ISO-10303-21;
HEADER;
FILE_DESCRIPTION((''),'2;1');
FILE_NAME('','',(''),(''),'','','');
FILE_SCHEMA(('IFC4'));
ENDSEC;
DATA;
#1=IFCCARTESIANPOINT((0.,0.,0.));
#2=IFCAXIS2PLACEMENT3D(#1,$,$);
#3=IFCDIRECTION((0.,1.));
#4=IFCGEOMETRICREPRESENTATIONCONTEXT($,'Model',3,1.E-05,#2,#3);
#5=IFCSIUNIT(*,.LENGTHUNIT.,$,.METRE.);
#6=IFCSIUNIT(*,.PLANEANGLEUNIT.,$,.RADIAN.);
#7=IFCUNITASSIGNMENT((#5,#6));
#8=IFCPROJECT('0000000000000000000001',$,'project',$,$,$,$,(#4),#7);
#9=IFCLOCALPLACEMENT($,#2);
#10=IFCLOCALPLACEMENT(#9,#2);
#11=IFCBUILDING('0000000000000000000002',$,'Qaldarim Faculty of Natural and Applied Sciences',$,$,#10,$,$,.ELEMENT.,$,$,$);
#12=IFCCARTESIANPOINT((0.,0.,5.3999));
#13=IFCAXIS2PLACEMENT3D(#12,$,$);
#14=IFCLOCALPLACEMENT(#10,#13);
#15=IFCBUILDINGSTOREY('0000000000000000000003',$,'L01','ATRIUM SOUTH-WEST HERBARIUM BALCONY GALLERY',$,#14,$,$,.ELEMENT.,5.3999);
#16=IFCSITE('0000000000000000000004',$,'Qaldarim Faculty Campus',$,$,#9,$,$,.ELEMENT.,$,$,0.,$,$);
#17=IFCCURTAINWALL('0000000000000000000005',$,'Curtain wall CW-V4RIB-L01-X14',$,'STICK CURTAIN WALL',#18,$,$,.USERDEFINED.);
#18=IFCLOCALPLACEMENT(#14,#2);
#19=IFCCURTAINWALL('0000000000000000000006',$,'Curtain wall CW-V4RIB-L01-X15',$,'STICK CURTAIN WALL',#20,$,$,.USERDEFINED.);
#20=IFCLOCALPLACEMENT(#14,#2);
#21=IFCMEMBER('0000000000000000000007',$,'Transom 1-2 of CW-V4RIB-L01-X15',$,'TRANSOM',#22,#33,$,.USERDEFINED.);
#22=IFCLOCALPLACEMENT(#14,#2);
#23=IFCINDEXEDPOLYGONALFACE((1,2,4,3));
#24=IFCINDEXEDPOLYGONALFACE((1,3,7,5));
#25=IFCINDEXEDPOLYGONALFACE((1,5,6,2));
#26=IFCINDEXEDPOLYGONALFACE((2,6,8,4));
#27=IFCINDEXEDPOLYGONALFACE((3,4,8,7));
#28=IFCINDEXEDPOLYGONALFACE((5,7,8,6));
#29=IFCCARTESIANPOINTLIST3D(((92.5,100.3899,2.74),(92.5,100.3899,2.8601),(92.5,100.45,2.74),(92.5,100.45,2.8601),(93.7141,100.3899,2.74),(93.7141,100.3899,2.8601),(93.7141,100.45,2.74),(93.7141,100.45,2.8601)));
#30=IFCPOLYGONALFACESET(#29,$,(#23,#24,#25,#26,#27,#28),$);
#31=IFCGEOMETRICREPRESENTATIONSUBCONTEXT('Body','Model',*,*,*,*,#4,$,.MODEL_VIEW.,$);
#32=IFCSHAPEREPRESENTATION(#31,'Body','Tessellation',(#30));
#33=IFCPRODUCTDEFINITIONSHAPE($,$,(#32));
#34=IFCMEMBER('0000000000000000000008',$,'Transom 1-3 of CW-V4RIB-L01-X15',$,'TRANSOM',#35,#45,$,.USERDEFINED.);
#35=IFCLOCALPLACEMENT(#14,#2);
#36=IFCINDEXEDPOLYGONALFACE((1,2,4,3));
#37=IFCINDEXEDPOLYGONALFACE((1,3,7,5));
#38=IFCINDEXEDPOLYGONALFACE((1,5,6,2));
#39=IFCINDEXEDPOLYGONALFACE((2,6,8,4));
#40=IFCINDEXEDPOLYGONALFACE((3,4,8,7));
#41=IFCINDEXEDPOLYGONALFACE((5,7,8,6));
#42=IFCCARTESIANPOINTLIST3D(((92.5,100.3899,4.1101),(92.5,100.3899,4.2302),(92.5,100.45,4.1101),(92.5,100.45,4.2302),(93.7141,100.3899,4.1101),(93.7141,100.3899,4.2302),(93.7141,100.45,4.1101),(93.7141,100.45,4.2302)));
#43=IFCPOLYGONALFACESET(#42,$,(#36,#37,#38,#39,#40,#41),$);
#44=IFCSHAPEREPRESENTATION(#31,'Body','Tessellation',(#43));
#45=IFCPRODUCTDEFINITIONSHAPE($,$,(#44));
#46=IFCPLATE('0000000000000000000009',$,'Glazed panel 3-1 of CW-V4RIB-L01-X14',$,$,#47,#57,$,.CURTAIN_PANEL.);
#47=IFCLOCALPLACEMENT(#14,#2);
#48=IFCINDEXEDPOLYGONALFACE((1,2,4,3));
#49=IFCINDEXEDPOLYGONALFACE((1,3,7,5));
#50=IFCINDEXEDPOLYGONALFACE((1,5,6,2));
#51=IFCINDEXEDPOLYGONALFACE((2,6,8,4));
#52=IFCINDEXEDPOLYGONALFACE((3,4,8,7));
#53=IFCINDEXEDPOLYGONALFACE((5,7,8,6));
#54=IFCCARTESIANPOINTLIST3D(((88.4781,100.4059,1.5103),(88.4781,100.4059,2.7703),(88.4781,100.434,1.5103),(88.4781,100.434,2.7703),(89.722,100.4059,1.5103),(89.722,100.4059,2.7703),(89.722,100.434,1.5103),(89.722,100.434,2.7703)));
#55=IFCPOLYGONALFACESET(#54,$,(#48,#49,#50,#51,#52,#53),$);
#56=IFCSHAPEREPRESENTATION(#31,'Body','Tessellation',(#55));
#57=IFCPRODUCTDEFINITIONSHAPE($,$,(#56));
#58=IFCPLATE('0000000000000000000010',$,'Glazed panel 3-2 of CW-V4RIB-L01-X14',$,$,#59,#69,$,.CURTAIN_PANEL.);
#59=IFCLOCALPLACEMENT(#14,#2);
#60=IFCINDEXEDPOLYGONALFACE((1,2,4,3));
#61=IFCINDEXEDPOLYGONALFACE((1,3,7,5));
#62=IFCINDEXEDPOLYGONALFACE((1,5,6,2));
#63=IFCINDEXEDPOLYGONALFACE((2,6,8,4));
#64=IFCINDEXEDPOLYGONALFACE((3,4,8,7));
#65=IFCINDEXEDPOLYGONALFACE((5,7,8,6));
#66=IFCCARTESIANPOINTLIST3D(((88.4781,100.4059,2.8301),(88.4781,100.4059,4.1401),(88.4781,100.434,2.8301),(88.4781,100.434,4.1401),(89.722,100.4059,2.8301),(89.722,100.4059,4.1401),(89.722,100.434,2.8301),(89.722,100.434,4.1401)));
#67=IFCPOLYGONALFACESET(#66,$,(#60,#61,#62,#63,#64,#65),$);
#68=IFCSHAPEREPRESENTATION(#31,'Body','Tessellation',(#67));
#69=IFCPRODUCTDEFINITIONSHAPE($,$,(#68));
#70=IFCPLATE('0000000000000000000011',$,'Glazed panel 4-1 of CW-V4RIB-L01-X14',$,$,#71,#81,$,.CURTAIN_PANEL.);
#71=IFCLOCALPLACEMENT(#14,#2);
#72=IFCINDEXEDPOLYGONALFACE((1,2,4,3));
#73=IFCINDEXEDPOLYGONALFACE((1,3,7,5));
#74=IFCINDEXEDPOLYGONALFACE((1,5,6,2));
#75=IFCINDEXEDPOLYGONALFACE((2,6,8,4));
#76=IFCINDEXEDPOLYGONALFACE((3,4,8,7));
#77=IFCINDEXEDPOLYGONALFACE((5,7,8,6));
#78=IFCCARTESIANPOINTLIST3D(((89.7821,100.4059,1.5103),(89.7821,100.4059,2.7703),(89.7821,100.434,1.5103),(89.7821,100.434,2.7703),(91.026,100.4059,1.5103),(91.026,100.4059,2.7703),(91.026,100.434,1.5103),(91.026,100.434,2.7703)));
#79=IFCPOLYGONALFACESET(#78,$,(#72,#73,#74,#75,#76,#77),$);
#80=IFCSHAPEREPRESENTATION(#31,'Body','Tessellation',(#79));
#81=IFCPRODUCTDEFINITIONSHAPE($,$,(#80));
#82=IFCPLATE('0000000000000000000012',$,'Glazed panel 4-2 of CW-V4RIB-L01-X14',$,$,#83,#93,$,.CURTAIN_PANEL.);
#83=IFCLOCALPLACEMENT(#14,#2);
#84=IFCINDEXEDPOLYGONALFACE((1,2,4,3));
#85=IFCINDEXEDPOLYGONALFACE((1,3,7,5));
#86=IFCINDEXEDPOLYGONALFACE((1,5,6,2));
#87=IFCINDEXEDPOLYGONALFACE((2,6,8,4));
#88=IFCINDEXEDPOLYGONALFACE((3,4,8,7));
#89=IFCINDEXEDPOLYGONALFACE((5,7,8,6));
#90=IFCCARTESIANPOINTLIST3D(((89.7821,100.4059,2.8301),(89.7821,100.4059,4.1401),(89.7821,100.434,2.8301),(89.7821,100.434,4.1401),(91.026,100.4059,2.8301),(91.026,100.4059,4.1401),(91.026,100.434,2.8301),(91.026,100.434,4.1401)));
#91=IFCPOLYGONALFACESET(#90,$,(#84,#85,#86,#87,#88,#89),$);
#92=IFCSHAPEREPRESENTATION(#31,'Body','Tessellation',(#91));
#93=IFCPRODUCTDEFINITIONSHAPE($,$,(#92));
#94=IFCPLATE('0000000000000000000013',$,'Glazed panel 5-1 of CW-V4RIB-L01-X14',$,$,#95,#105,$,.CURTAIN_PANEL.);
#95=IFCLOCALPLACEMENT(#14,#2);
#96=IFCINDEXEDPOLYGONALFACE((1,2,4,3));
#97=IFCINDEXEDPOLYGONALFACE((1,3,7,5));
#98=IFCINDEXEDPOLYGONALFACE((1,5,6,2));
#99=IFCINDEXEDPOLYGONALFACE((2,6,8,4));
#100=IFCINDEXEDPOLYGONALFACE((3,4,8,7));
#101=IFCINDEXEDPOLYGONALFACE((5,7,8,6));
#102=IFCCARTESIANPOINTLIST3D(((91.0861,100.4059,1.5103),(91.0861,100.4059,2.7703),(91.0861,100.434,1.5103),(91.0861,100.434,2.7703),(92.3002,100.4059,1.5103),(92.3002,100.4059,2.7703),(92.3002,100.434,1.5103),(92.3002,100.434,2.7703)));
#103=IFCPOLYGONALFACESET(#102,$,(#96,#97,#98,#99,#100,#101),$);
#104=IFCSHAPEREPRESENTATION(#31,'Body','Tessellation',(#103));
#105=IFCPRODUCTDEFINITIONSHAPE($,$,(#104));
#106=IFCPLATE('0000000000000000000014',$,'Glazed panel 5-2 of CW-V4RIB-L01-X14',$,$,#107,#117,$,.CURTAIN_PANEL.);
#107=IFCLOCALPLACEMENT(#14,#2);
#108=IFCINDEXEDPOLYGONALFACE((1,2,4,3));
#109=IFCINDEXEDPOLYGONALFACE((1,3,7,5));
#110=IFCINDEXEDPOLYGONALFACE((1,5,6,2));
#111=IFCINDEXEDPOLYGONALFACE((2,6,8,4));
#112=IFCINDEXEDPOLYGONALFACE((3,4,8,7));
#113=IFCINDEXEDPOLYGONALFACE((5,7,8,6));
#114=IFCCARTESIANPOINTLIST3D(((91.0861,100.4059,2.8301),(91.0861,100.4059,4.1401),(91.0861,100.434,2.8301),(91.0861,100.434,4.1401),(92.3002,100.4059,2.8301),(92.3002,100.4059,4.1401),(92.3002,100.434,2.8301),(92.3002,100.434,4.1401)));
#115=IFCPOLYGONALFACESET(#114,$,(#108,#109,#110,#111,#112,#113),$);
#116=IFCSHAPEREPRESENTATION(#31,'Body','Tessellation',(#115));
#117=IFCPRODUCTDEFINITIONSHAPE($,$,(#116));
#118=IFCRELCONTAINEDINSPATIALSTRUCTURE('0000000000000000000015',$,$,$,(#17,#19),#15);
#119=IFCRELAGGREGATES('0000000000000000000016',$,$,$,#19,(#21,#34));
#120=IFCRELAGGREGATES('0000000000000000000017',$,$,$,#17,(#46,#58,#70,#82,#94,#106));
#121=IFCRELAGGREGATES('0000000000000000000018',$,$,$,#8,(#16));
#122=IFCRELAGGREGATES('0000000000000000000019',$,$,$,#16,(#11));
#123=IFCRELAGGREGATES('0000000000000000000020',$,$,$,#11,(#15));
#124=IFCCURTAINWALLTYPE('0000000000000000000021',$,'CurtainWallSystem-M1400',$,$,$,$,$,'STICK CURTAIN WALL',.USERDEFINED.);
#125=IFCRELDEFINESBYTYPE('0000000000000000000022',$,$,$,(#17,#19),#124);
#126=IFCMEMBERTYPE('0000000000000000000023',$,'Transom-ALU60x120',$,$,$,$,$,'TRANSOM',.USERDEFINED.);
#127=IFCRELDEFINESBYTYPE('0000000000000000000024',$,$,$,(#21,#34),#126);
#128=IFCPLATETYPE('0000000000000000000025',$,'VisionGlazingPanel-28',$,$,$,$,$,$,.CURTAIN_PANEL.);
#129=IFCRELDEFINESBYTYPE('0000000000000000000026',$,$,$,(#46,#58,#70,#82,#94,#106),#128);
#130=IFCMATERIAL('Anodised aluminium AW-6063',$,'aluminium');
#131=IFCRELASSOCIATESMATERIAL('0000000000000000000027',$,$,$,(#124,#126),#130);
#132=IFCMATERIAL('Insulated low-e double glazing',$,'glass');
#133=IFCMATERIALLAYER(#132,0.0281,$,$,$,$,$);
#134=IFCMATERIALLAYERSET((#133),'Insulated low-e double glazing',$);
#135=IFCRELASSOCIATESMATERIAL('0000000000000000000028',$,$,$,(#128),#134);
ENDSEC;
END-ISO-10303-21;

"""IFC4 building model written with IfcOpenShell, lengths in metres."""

from ifc_helpers import new_model, si_unit, direction, frame, origin, origin_2d, place, context, subcontext, project, spatial, rectangle, extrude, material, layer, layer_set, material_profile, profile_set, type_object, element, aggregate, save


model = new_model("IFC4")

# Units and contexts
model_context = context("Model", 3, precision=1e-05, world=origin(), true_north=direction((0.0, 1.0)))
body_context = subcontext(model_context, "Body", "Model", "MODEL_VIEW")
ifc_project = project(units=[si_unit("LENGTHUNIT", "METRE"), si_unit("PLANEANGLEUNIT", "RADIAN")], contexts=[model_context])

# Site, building, storey
site_placement = place(None, origin())
site = spatial("IfcSite", under=ifc_project, at=site_placement, Name="Qaldarim Faculty Campus", CompositionType="ELEMENT", RefElevation=0.0)
building_placement = place(site_placement, origin())
building = spatial("IfcBuilding", under=site, at=building_placement, Name="Qaldarim Faculty of Natural and Applied Sciences", CompositionType="ELEMENT")
storey_placement = place(building_placement, frame((0.0, 0.0, 5.3999)))
storey = spatial("IfcBuildingStorey", under=building, at=storey_placement, Name="L01", Description="ATRIUM SOUTH-WEST HERBARIUM BALCONY GALLERY", CompositionType="ELEMENT", Elevation=5.3999)

# Curtain wall
ifc_material_1 = material(Name="Anodised aluminium AW-6063", Category="aluminium")
curtain_wall_type = type_object("IfcCurtainWallType", Name="CurtainWallSystem-M1400", ElementType="STICK CURTAIN WALL", PredefinedType="USERDEFINED", material=ifc_material_1)
curtain_wall_1_placement = place(storey_placement, origin())
curtain_wall_1 = element("IfcCurtainWall", 1, at=curtain_wall_1_placement, inside=storey, type_object=curtain_wall_type, Name="Curtain wall CW-V4RIB-L01-X14", ObjectType="STICK CURTAIN WALL", PredefinedType="USERDEFINED")

# Curtain wall
curtain_wall_2_placement = place(storey_placement, origin())
curtain_wall_2 = element("IfcCurtainWall", 2, at=curtain_wall_2_placement, inside=storey, type_object=curtain_wall_type, Name="Curtain wall CW-V4RIB-L01-X15", ObjectType="STICK CURTAIN WALL", PredefinedType="USERDEFINED")

# Members
ifc_material_profile_1 = material_profile(ifc_material_1, rectangle(XDim=0.0601, YDim=0.1201, at=origin_2d()), Name="ALU-T60x120")
ifc_profile_set_1 = profile_set([ifc_material_profile_1], Name="Anodised aluminium AW-6063")
member_type_1 = type_object("IfcMemberType", Name="Transom-ALU60x120", ElementType="TRANSOM", PredefinedType="USERDEFINED", material=ifc_profile_set_1)
member_1_placement = place(storey_placement, frame((92.5, 100.4199, 2.8), z_axis=(1.0, 0.0, 0.0), x_axis=(0.0, 1.0, 0.0)))
member_1 = element("IfcMember", 3, at=member_1_placement, type_object=member_type_1, Name="Transom 1-2 of CW-V4RIB-L01-X15", ObjectType="TRANSOM", PredefinedType="USERDEFINED", context=body_context, shape_type="SweptSolid", body=[
    extrude(rectangle(XDim=0.0601, YDim=0.1201, at=origin_2d()), origin(), (0.0, 0.0, 1.0), 1.2141),
])
member_2_placement = place(storey_placement, frame((92.5, 100.4199, 4.1702), z_axis=(1.0, 0.0, 0.0), x_axis=(0.0, 1.0, 0.0)))
member_2 = element("IfcMember", 4, at=member_2_placement, type_object=member_type_1, Name="Transom 1-3 of CW-V4RIB-L01-X15", ObjectType="TRANSOM", PredefinedType="USERDEFINED", context=body_context, shape_type="SweptSolid", body=[
    extrude(rectangle(XDim=0.0601, YDim=0.1201, at=origin_2d()), origin(), (0.0, 0.0, 1.0), 1.2141),
])
aggregate(curtain_wall_2, [member_1, member_2])

# Plates
ifc_material_2 = material(Name="Insulated low-e double glazing", Category="glass")
ifc_layer = layer(ifc_material_2, 0.0281)
ifc_layer_set = layer_set([ifc_layer], Name="Insulated low-e double glazing")
plate_type = type_object("IfcPlateType", Name="VisionGlazingPanel-28", PredefinedType="CURTAIN_PANEL", material=ifc_layer_set)
plate_1_placement = place(storey_placement, frame((89.1001, 100.4199, 1.5103), z_axis=(0.0, 0.0, 1.0), x_axis=(1.0, 0.0, 0.0)))
plate_1 = element("IfcPlate", 5, at=plate_1_placement, type_object=plate_type, Name="Glazed panel 3-1 of CW-V4RIB-L01-X14", PredefinedType="CURTAIN_PANEL", context=body_context, shape_type="SweptSolid", body=[
    extrude(rectangle(XDim=1.2439, YDim=0.0281, at=origin_2d()), origin(), (0.0, 0.0, 1.0), 1.26),
])
plate_2_placement = place(storey_placement, frame((89.1001, 100.4199, 2.8301), z_axis=(0.0, 0.0, 1.0), x_axis=(1.0, 0.0, 0.0)))
plate_2 = element("IfcPlate", 6, at=plate_2_placement, type_object=plate_type, Name="Glazed panel 3-2 of CW-V4RIB-L01-X14", PredefinedType="CURTAIN_PANEL", context=body_context, shape_type="SweptSolid", body=[
    extrude(rectangle(XDim=1.2439, YDim=0.0281, at=origin_2d()), origin(), (0.0, 0.0, 1.0), 1.3101),
])
plate_3_placement = place(storey_placement, frame((90.4041, 100.4199, 1.5103), z_axis=(0.0, 0.0, 1.0), x_axis=(1.0, 0.0, 0.0)))
plate_3 = element("IfcPlate", 7, at=plate_3_placement, type_object=plate_type, Name="Glazed panel 4-1 of CW-V4RIB-L01-X14", PredefinedType="CURTAIN_PANEL", context=body_context, shape_type="SweptSolid", body=[
    extrude(rectangle(XDim=1.2439, YDim=0.0281, at=origin_2d()), origin(), (0.0, 0.0, 1.0), 1.26),
])
plate_4_placement = place(storey_placement, frame((90.4041, 100.4199, 2.8301), z_axis=(0.0, 0.0, 1.0), x_axis=(1.0, 0.0, 0.0)))
plate_4 = element("IfcPlate", 8, at=plate_4_placement, type_object=plate_type, Name="Glazed panel 4-2 of CW-V4RIB-L01-X14", PredefinedType="CURTAIN_PANEL", context=body_context, shape_type="SweptSolid", body=[
    extrude(rectangle(XDim=1.2439, YDim=0.0281, at=origin_2d()), origin(), (0.0, 0.0, 1.0), 1.3101),
])
plate_5_placement = place(storey_placement, frame((91.6931, 100.4199, 1.5103), z_axis=(0.0, 0.0, 1.0), x_axis=(1.0, 0.0, 0.0)))
plate_5 = element("IfcPlate", 9, at=plate_5_placement, type_object=plate_type, Name="Glazed panel 5-1 of CW-V4RIB-L01-X14", PredefinedType="CURTAIN_PANEL", context=body_context, shape_type="SweptSolid", body=[
    extrude(rectangle(XDim=1.2141, YDim=0.0281, at=origin_2d()), origin(), (0.0, 0.0, 1.0), 1.26),
])
plate_6_placement = place(storey_placement, frame((91.6931, 100.4199, 2.8301), z_axis=(0.0, 0.0, 1.0), x_axis=(1.0, 0.0, 0.0)))
plate_6 = element("IfcPlate", 10, at=plate_6_placement, type_object=plate_type, Name="Glazed panel 5-2 of CW-V4RIB-L01-X14", PredefinedType="CURTAIN_PANEL", context=body_context, shape_type="SweptSolid", body=[
    extrude(rectangle(XDim=1.2141, YDim=0.0281, at=origin_2d()), origin(), (0.0, 0.0, 1.0), 1.3101),
])
aggregate(curtain_wall_1, [plate_1, plate_2, plate_3, plate_4, plate_5, plate_6])

save(model, "model.ifc")
